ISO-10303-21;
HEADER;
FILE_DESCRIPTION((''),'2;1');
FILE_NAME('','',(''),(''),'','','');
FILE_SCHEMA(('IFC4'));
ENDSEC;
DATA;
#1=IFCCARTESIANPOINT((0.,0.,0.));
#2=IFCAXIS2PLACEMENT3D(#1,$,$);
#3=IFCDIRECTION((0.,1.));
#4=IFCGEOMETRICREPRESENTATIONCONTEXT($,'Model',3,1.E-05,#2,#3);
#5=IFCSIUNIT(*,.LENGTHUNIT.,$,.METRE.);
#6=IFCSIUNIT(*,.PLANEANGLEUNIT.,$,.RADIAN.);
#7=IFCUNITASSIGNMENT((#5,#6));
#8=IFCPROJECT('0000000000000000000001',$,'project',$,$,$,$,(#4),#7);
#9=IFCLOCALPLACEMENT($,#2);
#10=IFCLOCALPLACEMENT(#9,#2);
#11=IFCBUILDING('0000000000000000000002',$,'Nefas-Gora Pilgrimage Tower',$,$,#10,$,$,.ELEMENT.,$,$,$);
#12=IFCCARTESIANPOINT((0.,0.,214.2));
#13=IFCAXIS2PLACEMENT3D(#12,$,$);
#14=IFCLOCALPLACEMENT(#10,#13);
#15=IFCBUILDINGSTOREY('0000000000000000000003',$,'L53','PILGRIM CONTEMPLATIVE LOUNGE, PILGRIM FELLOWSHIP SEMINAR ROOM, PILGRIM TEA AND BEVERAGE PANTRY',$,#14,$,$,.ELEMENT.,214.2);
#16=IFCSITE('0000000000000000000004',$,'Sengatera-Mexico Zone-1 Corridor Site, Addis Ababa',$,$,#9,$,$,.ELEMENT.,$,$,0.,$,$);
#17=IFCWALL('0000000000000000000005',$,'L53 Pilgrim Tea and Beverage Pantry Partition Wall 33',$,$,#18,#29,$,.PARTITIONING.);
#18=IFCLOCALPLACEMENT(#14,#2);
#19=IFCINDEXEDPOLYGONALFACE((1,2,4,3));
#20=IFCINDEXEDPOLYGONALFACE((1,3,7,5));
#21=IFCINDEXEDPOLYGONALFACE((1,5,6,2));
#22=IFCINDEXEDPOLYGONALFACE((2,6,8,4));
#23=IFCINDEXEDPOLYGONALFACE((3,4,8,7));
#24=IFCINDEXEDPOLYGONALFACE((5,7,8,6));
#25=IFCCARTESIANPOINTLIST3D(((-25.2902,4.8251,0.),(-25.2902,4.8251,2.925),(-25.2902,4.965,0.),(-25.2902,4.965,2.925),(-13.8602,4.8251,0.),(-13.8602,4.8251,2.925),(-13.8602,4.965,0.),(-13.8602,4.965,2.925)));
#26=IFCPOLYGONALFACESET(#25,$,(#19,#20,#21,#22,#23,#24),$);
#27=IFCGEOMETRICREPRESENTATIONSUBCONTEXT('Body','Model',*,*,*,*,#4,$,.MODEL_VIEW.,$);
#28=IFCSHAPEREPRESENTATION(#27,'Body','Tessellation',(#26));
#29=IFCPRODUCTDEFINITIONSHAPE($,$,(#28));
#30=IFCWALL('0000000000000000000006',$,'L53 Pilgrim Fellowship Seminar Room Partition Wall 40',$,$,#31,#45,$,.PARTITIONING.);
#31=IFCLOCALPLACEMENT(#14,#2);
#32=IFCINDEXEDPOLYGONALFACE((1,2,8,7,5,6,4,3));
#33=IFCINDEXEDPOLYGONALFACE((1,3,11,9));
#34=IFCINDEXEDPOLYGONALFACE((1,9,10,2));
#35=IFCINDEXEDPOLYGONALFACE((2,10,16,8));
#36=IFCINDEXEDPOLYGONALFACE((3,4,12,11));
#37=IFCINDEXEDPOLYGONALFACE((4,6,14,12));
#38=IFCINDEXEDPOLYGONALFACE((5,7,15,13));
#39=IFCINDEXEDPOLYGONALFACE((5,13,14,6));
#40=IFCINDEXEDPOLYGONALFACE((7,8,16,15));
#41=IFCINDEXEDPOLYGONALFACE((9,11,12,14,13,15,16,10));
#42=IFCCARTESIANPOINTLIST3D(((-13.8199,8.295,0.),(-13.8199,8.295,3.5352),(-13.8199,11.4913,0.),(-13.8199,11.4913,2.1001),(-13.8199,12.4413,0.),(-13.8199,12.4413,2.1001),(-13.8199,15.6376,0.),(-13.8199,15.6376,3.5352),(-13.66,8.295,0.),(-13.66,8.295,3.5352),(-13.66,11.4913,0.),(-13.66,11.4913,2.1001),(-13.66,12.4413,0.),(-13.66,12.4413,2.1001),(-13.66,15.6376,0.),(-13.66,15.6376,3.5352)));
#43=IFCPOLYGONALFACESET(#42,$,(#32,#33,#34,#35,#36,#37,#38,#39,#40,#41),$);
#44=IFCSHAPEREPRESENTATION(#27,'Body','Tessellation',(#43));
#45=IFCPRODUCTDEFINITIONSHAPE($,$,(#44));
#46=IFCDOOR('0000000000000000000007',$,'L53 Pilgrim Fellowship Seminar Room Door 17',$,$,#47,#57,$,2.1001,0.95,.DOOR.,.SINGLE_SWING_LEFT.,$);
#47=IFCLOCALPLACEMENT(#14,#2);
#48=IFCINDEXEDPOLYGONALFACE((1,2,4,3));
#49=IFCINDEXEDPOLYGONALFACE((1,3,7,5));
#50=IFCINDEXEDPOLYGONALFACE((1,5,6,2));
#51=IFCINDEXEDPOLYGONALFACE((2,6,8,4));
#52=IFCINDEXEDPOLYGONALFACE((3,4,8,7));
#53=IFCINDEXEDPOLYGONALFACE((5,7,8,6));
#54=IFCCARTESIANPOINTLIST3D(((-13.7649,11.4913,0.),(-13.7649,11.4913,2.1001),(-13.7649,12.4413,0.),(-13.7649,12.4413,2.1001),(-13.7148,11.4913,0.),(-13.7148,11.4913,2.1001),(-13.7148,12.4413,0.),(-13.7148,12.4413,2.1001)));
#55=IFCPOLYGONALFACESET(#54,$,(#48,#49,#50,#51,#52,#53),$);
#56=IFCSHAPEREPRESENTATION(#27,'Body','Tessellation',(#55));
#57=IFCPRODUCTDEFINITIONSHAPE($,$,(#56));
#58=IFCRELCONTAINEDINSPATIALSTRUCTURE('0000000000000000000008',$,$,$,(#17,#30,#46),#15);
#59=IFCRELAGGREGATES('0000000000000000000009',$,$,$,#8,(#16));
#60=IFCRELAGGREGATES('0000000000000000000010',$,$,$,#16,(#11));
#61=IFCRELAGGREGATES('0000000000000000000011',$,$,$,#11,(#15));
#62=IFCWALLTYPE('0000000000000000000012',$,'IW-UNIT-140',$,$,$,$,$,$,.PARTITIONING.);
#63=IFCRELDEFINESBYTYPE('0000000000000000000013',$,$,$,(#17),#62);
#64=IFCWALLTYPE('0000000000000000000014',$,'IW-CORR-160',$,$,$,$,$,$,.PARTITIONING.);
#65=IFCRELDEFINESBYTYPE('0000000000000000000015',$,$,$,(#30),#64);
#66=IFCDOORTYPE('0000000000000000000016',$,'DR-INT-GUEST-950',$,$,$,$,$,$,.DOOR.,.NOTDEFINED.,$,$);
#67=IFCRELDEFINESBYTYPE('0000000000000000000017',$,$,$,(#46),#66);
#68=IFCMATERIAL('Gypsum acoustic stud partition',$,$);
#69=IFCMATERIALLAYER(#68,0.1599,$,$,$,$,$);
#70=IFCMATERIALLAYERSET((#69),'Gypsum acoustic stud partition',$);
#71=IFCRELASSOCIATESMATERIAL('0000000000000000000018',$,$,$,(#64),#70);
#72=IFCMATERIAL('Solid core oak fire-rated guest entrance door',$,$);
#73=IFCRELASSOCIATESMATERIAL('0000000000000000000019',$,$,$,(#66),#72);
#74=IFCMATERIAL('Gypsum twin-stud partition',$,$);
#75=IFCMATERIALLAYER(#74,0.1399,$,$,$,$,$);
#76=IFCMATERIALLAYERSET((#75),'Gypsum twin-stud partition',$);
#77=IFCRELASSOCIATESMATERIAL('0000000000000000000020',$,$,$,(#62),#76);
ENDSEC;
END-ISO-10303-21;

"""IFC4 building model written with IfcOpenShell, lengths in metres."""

from ifc_helpers import new_model, si_unit, direction, frame, frame_2d, origin, place, context, subcontext, project, spatial, rectangle, extrude, source, transform, mapped, material, layer, layer_set, type_object, element, fill, save


model = new_model("IFC4")

# Units and contexts
model_context = context("Model", 3, precision=1e-05, world=origin(), true_north=direction((0.0, 1.0)))
body_context = subcontext(model_context, "Body", "Model", "MODEL_VIEW")
ifc_project = project(units=[si_unit("LENGTHUNIT", "METRE"), si_unit("PLANEANGLEUNIT", "RADIAN")], contexts=[model_context])

# Site, building, storey
site_placement = place(None, origin())
site = spatial("IfcSite", under=ifc_project, at=site_placement, Name="Sengatera-Mexico Zone-1 Corridor Site, Addis Ababa", CompositionType="ELEMENT", RefElevation=0.0)
building_placement = place(site_placement, origin())
building = spatial("IfcBuilding", under=site, at=building_placement, Name="Nefas-Gora Pilgrimage Tower", CompositionType="ELEMENT")
storey_placement = place(building_placement, frame((0.0, 0.0, 214.2)))
storey = spatial("IfcBuildingStorey", under=building, at=storey_placement, Name="L53", Description="PILGRIM CONTEMPLATIVE LOUNGE, PILGRIM FELLOWSHIP SEMINAR ROOM, PILGRIM TEA AND BEVERAGE PANTRY", CompositionType="ELEMENT", Elevation=214.2)

# Shared definitions
ifc_material_1 = material(Name="Gypsum acoustic stud partition")
ifc_layer_1 = layer(ifc_material_1, 0.1599)
ifc_layer_set_1 = layer_set([ifc_layer_1], Name="Gypsum acoustic stud partition")
wall_type_1 = type_object("IfcWallType", Name="IW-CORR-160", PredefinedType="PARTITIONING", material=ifc_layer_set_1)
ifc_material_2 = material(Name="Solid core oak fire-rated guest entrance door")
door_type = type_object("IfcDoorType", Name="DR-INT-GUEST-950", OperationType="NOTDEFINED", PredefinedType="DOOR", material=ifc_material_2)
shared_shape_1 = source(origin(), body_context, "Body", "SweptSolid", [
    extrude(rectangle(XDim=0.95, YDim=2.1001, at=frame_2d((0.4751, 1.05))), frame((0.0, 0.0249, 0.0), z_axis=(0.0, -1.0, 0.0), x_axis=(1.0, 0.0, 0.0)), (0.0, 0.0, 1.0), 0.05),
])

# Wall
ifc_material_3 = material(Name="Gypsum twin-stud partition")
ifc_layer_2 = layer(ifc_material_3, 0.1399)
ifc_layer_set_2 = layer_set([ifc_layer_2], Name="Gypsum twin-stud partition")
wall_type_2 = type_object("IfcWallType", Name="IW-UNIT-140", PredefinedType="PARTITIONING", material=ifc_layer_set_2)
shared_shape_2 = source(origin(), body_context, "Body", "SweptSolid", [
    extrude(rectangle(XDim=11.4299, YDim=0.1399, at=frame_2d((5.7148, 0.0))), origin(), (0.0, 0.0, 1.0), 2.925),
])
wall_1_placement = place(storey_placement, frame((-25.29, 4.895, 0.0), z_axis=(0.0, 0.0, 1.0), x_axis=(1.0, 0.0, 0.0)))
element("IfcWall", 1, at=wall_1_placement, inside=storey, type_object=wall_type_2, Name="L53 Pilgrim Tea and Beverage Pantry Partition Wall 33", PredefinedType="PARTITIONING", context=body_context, shape_type="MappedRepresentation", body=[
    mapped(shared_shape_2, transform((0.0, 0.0, 0.0), x_axis=(1.0, 0.0, 0.0), y_axis=(0.0, 1.0, 0.0), z_axis=(0.0, 0.0, 1.0), scale=1.0)),
])

# Wall, opening, door
shared_shape_3 = source(origin(), body_context, "Body", "SweptSolid", [
    extrude(rectangle(XDim=7.3425, YDim=0.1599, at=frame_2d((3.6714, 0.0))), origin(), (0.0, 0.0, 1.0), 3.5352),
])
wall_2_placement = place(storey_placement, frame((-13.74, 8.2949, 0.0), z_axis=(0.0, 0.0, 1.0), x_axis=(0.0, 1.0, 0.0)))
wall_2 = element("IfcWall", 2, at=wall_2_placement, inside=storey, type_object=wall_type_1, Name="L53 Pilgrim Fellowship Seminar Room Partition Wall 40", PredefinedType="PARTITIONING", context=body_context, shape_type="MappedRepresentation", body=[
    mapped(shared_shape_3, transform((0.0, 0.0, 0.0), x_axis=(1.0, 0.0, 0.0), y_axis=(0.0, 1.0, 0.0), z_axis=(0.0, 0.0, 1.0), scale=1.0)),
])
opening_1_placement = place(wall_2_placement, frame((3.1963, 0.0, 0.0)))
opening_1 = element("IfcOpeningElement", 3, at=opening_1_placement, cuts=wall_2, PredefinedType="OPENING", context=body_context, shape_type="SweptSolid", body=[
    extrude(rectangle(XDim=0.95, YDim=2.1001, at=frame_2d((0.4751, 1.05))), frame((0.0, 0.0898, 0.0), z_axis=(0.0, -1.0, 0.0), x_axis=(1.0, 0.0, 0.0)), (0.0, 0.0, 1.0), 0.1799),
])
door_1_placement = place(opening_1_placement, origin())
door_1 = element("IfcDoor", 4, at=door_1_placement, inside=storey, type_object=door_type, Name="L53 Pilgrim Fellowship Seminar Room Door 17", OperationType="SINGLE_SWING_LEFT", OverallHeight=2.1001, OverallWidth=0.95, PredefinedType="DOOR", context=body_context, shape_type="MappedRepresentation", body=[
    mapped(shared_shape_1, transform((0.0, 0.0, 0.0), x_axis=(1.0, 0.0, 0.0), y_axis=(0.0, 1.0, 0.0), z_axis=(0.0, 0.0, 1.0), scale=1.0)),
])
fill(opening_1, door_1)

save(model, "model.ifc")
